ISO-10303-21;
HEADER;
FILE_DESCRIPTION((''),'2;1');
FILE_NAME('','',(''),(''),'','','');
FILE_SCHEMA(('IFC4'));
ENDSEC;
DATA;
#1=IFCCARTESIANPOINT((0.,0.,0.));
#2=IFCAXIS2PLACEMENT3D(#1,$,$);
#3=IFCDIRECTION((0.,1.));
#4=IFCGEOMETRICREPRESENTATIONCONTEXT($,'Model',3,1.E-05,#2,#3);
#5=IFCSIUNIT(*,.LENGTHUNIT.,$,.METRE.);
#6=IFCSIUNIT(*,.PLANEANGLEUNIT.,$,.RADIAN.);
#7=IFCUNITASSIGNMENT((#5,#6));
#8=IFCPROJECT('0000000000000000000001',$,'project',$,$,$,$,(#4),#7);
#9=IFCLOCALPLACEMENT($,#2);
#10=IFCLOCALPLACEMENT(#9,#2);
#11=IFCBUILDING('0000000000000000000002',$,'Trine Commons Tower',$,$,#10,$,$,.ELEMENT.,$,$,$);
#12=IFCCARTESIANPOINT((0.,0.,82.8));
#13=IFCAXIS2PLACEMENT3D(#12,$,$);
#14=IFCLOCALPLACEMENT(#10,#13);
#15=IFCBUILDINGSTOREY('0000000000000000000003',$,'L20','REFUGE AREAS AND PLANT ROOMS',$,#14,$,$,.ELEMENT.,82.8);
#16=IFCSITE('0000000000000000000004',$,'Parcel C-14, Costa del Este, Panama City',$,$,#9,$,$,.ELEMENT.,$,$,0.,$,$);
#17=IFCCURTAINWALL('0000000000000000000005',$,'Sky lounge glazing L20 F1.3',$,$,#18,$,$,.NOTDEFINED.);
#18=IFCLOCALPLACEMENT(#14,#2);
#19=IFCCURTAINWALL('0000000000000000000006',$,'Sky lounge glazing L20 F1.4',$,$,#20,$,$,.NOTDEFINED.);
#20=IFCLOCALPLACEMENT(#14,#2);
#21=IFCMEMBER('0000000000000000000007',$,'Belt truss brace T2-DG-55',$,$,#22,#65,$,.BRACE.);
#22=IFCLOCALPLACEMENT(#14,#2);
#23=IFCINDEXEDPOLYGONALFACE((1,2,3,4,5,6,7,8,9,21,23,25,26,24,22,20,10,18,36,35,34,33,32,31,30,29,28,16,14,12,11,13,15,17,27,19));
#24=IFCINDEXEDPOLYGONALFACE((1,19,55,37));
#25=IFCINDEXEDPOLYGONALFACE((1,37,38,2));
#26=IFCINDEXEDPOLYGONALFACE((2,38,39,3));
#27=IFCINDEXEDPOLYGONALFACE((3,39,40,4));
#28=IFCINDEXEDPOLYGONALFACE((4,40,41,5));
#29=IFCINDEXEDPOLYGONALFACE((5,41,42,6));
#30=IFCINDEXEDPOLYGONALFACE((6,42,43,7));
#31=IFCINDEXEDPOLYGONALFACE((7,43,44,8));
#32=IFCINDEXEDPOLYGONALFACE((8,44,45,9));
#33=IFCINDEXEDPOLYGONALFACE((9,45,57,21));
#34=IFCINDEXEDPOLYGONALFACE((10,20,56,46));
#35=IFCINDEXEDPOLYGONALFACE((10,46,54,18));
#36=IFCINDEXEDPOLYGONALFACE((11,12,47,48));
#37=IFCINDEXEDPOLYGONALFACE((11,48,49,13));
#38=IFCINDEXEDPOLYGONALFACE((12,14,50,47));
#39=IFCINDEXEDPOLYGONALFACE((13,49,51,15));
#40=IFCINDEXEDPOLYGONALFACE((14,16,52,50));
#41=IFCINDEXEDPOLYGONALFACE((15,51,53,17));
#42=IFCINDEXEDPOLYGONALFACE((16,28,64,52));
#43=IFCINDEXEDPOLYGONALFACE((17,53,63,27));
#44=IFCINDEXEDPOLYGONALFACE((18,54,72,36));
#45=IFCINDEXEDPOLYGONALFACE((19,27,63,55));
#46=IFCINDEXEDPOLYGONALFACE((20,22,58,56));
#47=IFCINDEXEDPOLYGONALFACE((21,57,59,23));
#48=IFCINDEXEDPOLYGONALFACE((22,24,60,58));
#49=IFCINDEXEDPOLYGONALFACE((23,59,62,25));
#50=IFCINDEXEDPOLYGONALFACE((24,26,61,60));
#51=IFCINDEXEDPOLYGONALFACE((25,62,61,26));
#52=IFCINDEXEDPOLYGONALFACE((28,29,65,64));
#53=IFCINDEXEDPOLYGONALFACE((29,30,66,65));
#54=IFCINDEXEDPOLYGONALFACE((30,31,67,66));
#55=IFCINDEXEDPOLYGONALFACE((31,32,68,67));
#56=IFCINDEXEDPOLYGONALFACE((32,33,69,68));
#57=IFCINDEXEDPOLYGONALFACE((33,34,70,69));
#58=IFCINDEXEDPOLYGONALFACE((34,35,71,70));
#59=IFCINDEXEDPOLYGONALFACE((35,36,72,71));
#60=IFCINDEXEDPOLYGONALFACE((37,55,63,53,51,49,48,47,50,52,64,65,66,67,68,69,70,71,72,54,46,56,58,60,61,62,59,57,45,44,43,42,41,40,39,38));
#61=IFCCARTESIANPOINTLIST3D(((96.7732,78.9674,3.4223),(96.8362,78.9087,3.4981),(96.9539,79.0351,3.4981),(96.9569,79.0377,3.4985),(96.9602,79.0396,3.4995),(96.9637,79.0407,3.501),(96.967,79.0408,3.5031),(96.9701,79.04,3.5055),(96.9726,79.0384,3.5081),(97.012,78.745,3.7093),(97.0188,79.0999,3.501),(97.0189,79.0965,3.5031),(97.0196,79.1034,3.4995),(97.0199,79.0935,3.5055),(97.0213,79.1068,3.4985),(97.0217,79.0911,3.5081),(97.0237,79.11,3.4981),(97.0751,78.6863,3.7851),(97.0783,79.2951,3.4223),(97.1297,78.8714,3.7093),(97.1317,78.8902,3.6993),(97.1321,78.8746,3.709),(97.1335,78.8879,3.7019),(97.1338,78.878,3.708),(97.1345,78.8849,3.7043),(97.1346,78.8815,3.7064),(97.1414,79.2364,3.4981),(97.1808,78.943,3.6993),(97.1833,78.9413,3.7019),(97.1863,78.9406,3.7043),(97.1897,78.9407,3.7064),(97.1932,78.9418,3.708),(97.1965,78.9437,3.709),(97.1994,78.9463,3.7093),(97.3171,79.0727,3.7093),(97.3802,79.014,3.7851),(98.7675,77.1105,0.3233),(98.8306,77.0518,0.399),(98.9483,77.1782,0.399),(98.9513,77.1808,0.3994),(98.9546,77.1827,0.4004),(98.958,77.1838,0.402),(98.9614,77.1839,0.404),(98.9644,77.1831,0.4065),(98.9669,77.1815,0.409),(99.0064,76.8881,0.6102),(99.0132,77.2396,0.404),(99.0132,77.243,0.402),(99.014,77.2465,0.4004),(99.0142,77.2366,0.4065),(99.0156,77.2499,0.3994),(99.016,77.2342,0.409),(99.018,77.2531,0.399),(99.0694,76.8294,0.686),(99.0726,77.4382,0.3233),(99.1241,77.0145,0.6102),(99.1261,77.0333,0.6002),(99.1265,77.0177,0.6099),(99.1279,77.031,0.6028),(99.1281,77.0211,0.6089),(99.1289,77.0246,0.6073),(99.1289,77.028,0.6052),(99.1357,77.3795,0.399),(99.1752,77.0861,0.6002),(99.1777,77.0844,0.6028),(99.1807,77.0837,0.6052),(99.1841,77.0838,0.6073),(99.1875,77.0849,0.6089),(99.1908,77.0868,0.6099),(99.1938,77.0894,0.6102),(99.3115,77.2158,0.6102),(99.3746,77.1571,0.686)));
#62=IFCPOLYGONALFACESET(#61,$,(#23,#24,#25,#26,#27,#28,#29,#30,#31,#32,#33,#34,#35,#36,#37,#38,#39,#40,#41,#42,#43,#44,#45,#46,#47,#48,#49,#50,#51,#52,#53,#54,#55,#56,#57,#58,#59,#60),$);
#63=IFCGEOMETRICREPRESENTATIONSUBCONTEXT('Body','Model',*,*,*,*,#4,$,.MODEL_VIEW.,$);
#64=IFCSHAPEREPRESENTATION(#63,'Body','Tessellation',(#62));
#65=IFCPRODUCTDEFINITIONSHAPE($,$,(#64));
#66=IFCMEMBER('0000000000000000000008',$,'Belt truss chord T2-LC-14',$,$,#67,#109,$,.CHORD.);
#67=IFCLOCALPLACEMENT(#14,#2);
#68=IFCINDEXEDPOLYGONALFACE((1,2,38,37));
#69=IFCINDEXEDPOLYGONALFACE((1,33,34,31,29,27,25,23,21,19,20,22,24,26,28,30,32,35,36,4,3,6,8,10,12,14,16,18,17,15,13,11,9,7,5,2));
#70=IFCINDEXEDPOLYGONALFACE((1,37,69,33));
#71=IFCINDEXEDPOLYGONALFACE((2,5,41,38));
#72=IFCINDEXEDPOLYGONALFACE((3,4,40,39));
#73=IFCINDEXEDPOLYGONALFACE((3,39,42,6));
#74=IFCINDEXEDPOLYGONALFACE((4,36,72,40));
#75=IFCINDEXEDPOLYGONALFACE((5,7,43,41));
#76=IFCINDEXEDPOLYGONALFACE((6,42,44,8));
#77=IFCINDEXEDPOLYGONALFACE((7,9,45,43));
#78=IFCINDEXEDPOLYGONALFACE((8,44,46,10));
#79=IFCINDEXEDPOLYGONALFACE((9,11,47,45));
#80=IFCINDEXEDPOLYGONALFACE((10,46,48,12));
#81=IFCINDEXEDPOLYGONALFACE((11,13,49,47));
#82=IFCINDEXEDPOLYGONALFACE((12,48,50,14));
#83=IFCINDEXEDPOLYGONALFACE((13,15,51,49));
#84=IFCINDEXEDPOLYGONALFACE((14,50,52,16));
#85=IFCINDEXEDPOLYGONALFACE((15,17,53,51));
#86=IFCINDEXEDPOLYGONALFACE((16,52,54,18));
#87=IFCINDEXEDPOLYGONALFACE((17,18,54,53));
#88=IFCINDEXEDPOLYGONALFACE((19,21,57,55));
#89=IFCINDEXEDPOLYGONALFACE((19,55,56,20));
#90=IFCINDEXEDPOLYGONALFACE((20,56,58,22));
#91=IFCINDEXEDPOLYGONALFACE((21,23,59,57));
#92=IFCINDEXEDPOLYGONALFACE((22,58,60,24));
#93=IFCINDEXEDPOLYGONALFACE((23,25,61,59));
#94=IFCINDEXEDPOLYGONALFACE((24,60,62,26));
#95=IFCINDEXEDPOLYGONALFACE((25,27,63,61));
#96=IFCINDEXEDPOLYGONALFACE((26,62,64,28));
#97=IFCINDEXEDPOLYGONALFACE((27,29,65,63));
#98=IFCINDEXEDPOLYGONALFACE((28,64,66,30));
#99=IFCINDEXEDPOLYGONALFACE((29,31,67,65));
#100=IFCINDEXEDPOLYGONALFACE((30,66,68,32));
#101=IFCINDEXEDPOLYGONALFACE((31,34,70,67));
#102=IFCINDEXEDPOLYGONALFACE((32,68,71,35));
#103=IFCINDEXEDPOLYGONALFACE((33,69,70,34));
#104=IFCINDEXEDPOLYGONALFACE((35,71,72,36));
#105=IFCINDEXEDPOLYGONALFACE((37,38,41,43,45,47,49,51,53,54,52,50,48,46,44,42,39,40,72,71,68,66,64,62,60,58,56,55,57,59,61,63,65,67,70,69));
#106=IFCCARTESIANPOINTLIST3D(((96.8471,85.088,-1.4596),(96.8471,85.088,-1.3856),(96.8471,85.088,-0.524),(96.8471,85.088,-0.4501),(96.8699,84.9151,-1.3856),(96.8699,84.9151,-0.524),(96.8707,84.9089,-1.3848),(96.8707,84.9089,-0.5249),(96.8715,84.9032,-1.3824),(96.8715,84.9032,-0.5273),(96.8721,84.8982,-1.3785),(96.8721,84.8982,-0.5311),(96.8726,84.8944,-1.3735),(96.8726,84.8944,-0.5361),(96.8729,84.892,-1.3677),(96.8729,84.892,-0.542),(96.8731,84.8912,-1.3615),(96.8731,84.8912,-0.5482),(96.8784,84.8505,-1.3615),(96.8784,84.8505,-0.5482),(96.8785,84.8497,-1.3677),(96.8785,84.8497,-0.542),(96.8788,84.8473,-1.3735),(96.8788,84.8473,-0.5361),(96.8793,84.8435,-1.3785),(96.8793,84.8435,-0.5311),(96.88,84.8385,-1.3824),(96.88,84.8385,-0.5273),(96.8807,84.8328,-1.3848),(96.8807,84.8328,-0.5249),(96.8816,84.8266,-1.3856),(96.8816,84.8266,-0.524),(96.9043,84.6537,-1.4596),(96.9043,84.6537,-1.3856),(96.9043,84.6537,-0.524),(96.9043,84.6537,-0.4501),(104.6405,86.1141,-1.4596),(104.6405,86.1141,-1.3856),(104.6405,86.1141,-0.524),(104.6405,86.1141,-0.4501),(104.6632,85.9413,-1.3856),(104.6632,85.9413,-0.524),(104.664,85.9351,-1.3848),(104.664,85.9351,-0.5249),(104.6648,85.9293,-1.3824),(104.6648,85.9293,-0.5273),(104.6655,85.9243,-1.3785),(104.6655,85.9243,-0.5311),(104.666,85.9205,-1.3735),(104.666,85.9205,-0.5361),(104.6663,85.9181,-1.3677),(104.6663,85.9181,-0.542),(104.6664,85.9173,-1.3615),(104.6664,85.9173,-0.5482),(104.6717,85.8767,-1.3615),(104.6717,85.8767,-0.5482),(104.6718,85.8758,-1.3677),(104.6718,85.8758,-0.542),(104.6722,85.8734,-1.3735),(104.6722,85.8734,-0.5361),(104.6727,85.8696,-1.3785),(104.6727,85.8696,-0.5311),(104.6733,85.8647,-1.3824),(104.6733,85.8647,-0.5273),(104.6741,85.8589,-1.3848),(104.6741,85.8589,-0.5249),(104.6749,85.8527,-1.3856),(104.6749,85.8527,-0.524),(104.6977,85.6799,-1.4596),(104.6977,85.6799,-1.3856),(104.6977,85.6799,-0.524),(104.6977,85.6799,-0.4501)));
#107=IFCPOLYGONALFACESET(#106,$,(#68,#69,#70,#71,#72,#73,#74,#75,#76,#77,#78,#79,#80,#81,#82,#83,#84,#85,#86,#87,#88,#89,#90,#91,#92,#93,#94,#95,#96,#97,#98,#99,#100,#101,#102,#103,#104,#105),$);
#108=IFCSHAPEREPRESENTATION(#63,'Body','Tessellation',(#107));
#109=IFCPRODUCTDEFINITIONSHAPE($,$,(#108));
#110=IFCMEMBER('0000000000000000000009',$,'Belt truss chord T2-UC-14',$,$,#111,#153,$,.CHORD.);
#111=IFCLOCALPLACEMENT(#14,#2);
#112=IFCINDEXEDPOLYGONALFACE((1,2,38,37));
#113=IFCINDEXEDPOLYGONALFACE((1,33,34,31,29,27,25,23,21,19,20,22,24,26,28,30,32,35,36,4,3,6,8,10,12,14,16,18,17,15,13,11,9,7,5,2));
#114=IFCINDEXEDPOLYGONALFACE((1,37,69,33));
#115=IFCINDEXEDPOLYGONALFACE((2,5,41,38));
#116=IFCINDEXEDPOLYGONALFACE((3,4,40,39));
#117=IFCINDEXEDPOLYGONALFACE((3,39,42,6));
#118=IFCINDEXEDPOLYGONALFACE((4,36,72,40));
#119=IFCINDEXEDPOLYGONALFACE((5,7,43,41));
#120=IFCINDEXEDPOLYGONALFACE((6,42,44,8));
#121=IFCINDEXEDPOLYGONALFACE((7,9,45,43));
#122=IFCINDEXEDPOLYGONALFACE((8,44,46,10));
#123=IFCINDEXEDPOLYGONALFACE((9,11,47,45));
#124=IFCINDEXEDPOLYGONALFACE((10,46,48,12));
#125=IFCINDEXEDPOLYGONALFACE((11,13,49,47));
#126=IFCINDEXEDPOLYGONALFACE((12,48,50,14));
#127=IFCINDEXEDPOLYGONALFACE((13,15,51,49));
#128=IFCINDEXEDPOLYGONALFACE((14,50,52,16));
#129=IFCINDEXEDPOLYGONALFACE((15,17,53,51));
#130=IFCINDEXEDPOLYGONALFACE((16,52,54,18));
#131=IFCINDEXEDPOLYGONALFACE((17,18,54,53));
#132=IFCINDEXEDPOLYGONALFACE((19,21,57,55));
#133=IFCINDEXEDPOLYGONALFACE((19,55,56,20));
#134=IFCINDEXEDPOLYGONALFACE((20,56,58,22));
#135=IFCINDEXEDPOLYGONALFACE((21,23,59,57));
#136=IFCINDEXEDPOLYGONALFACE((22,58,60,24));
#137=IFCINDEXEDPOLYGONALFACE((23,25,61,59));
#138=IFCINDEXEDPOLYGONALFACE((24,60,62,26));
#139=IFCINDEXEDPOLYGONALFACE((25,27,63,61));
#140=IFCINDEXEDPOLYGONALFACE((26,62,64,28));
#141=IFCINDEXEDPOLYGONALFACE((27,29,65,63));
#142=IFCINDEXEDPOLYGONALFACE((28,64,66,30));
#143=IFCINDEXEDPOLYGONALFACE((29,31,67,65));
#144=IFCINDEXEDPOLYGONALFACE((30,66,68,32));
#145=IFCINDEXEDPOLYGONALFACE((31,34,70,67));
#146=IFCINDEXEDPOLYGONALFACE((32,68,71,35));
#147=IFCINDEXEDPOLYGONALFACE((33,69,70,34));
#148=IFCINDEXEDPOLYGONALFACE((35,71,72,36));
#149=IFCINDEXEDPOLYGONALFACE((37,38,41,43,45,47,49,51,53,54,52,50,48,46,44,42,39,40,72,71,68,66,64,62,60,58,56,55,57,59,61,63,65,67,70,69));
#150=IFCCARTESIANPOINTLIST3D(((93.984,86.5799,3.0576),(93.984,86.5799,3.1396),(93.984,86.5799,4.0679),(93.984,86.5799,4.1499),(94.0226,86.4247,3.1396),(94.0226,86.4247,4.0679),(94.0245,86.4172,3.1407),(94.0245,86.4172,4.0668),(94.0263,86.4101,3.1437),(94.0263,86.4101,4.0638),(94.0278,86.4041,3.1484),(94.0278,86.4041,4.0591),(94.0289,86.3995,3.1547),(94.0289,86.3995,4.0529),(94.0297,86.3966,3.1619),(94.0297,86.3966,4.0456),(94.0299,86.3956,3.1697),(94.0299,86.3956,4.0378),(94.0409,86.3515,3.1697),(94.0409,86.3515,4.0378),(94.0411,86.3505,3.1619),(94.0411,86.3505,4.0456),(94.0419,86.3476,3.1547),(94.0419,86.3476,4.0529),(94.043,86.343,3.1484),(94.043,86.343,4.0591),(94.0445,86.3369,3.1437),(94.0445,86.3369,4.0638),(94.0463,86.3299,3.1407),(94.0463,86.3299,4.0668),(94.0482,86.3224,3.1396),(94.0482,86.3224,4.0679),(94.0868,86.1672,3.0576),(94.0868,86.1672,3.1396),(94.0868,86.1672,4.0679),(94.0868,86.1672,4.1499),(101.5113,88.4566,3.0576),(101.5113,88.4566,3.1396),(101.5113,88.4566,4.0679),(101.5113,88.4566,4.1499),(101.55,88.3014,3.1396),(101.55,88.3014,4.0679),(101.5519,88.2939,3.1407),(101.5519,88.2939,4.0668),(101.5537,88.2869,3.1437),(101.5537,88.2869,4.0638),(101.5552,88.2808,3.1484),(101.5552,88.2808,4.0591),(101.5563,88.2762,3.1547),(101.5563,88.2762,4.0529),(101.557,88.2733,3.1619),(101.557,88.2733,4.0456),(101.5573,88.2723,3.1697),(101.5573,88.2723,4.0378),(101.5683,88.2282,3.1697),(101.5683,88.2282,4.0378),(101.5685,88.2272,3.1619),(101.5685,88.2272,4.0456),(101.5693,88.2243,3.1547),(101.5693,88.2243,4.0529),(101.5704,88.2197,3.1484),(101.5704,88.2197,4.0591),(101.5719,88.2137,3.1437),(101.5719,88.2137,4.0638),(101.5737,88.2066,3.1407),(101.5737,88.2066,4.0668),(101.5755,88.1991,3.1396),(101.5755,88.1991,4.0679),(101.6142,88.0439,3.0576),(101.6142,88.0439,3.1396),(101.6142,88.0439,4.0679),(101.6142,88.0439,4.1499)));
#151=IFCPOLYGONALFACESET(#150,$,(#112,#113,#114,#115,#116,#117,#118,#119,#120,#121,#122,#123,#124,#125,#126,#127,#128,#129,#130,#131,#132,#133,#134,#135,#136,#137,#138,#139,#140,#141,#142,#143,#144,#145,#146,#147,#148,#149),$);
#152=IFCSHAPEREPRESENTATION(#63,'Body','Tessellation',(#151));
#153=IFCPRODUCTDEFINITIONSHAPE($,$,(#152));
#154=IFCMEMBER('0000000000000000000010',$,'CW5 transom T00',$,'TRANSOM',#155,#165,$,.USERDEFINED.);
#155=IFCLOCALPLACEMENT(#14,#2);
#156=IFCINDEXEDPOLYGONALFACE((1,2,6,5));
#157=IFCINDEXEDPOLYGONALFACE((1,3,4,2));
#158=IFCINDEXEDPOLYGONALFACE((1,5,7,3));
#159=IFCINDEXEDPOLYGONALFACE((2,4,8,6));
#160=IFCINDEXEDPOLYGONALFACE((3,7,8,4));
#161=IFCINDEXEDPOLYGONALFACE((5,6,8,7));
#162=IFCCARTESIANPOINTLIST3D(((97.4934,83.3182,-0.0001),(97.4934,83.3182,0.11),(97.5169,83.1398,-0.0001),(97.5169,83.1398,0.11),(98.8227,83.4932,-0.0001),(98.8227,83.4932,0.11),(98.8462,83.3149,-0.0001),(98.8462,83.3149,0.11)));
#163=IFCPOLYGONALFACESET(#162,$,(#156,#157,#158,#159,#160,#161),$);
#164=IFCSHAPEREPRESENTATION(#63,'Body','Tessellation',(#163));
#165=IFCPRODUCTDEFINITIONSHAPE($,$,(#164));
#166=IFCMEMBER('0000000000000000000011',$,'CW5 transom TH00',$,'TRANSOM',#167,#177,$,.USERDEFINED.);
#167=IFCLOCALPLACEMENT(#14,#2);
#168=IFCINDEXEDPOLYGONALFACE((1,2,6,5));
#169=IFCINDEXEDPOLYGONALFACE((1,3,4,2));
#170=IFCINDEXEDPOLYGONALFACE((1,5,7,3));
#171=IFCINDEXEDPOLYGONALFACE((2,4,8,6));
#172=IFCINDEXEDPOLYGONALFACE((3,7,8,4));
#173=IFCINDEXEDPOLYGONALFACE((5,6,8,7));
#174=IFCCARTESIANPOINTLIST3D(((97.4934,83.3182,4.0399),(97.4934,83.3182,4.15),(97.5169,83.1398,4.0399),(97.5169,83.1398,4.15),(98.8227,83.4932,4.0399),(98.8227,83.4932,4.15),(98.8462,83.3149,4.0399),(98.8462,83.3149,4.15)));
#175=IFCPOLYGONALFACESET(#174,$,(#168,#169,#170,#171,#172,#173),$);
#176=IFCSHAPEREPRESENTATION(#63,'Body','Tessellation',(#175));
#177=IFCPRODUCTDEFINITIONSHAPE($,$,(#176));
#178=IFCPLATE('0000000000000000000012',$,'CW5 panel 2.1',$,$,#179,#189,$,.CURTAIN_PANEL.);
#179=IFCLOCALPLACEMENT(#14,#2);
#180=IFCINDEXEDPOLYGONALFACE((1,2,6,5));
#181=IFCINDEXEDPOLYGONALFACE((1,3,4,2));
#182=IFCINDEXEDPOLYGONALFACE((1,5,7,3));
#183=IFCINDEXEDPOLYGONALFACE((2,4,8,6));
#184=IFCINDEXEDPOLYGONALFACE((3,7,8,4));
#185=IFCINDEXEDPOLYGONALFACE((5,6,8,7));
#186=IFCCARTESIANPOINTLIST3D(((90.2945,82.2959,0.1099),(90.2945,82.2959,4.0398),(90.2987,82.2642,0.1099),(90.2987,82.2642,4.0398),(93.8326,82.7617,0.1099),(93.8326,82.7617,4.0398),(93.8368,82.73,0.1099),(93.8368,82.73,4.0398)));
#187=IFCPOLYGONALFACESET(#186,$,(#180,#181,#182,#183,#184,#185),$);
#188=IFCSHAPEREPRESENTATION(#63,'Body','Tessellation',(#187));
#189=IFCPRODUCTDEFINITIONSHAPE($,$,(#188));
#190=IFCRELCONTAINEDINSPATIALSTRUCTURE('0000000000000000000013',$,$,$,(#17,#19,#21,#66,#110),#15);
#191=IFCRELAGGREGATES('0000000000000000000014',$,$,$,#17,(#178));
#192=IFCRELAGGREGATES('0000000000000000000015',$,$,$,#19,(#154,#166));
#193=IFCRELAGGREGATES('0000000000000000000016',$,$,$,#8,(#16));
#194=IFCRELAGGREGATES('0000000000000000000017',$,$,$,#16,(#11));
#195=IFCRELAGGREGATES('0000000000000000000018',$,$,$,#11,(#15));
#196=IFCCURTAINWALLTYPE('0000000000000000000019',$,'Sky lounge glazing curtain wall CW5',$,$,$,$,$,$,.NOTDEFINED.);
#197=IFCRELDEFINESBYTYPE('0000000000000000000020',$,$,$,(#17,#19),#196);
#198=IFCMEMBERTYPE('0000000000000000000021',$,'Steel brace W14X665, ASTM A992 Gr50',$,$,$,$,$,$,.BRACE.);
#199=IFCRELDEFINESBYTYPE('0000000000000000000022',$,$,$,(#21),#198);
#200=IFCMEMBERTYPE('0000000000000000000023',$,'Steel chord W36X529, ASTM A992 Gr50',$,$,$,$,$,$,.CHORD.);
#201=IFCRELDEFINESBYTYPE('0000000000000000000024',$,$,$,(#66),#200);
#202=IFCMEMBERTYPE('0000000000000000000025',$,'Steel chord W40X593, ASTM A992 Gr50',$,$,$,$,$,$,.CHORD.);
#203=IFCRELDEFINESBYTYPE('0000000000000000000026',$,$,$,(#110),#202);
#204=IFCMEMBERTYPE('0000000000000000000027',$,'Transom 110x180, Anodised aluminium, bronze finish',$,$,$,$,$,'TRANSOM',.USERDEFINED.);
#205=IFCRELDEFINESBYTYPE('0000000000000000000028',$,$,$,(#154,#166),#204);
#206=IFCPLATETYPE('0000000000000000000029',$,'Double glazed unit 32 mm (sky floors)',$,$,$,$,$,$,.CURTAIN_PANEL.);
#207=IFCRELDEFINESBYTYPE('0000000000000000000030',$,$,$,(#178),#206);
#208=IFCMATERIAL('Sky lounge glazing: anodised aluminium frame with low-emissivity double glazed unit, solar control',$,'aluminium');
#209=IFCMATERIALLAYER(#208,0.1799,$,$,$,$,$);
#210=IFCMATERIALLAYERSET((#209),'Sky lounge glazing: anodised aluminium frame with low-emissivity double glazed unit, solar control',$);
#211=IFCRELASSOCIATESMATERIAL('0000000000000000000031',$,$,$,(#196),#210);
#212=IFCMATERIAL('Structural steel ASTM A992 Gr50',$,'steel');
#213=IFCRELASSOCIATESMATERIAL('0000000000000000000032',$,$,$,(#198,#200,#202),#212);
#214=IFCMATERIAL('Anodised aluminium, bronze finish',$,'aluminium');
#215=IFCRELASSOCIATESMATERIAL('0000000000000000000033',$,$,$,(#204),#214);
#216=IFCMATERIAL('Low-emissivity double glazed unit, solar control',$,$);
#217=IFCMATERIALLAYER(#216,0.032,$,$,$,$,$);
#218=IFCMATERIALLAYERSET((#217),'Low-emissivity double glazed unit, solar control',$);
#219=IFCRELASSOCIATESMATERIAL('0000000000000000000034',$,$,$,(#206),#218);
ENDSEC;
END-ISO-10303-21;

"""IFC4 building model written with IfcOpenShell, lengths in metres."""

from ifc_helpers import new_model, si_unit, direction, frame, origin, origin_2d, place, context, subcontext, project, spatial, rectangle, i_section, extrude, material, layer, layer_set, material_profile, profile_set, type_object, element, aggregate, save


model = new_model("IFC4")

# Units and contexts
model_context = context("Model", 3, precision=1e-05, world=origin(), true_north=direction((0.0, 1.0)))
body_context = subcontext(model_context, "Body", "Model", "MODEL_VIEW")
ifc_project = project(units=[si_unit("LENGTHUNIT", "METRE"), si_unit("PLANEANGLEUNIT", "RADIAN")], contexts=[model_context])

# Site, building, storey
site_placement = place(None, origin())
site = spatial("IfcSite", under=ifc_project, at=site_placement, Name="Parcel C-14, Costa del Este, Panama City", CompositionType="ELEMENT", RefElevation=0.0)
building_placement = place(site_placement, origin())
building = spatial("IfcBuilding", under=site, at=building_placement, Name="Trine Commons Tower", CompositionType="ELEMENT")
storey_placement = place(building_placement, frame((0.0, 0.0, 82.8)))
storey = spatial("IfcBuildingStorey", under=building, at=storey_placement, Name="L20", Description="REFUGE AREAS AND PLANT ROOMS", CompositionType="ELEMENT", Elevation=82.8)

# Curtain walls
ifc_material_1 = material(Name="Sky lounge glazing: anodised aluminium frame with low-emissivity double glazed unit, solar control", Category="aluminium")
ifc_layer_1 = layer(ifc_material_1, 0.1799)
ifc_layer_set_1 = layer_set([ifc_layer_1], Name="Sky lounge glazing: anodised aluminium frame with low-emissivity double glazed unit, solar control")
curtain_wall_type = type_object("IfcCurtainWallType", Name="Sky lounge glazing curtain wall CW5", PredefinedType="NOTDEFINED", material=ifc_layer_set_1)
curtain_wall_1_placement = place(storey_placement, origin())
curtain_wall_1 = element("IfcCurtainWall", 1, at=curtain_wall_1_placement, inside=storey, type_object=curtain_wall_type, Name="Sky lounge glazing L20 F1.3", PredefinedType="NOTDEFINED")
ifc_material_2 = material(Name="Anodised aluminium, bronze finish", Category="aluminium")
curtain_wall_2_placement = place(storey_placement, origin())
curtain_wall_2 = element("IfcCurtainWall", 2, at=curtain_wall_2_placement, inside=storey, type_object=curtain_wall_type, Name="Sky lounge glazing L20 F1.4", PredefinedType="NOTDEFINED")

# Members
ifc_material_3 = material(Name="Structural steel ASTM A992 Gr50", Category="steel")
ifc_material_profile_1 = material_profile(ifc_material_3, i_section(OverallWidth=0.4478, OverallDepth=0.5493, WebThickness=0.072, FlangeThickness=0.1147, FilletRadius=0.0151, at=origin_2d()), Name="W14X665")
ifc_profile_set_1 = profile_set([ifc_material_profile_1], Name="Structural steel ASTM A992 Gr50")
member_type_1 = type_object("IfcMemberType", Name="Steel brace W14X665, ASTM A992 Gr50", PredefinedType="BRACE", material=ifc_profile_set_1)
member_1_placement = place(storey_placement, frame((99.071, 77.1338, 0.5046), z_axis=(-0.483279, 0.449971, 0.750978), x_axis=(-0.681437, -0.731877, 0.0)))
element("IfcMember", 3, at=member_1_placement, inside=storey, type_object=member_type_1, Name="Belt truss brace T2-DG-55", PredefinedType="BRACE", context=body_context, shape_type="SweptSolid", body=[
    extrude(i_section(OverallWidth=0.4478, OverallDepth=0.5493, WebThickness=0.072, FlangeThickness=0.1147, FilletRadius=0.0151, at=origin_2d()), origin(), (0.0, 0.0, 1.0), 4.1267),
])
ifc_material_profile_2 = material_profile(ifc_material_3, i_section(OverallWidth=0.438, OverallDepth=1.0095, WebThickness=0.041, FlangeThickness=0.074, FilletRadius=0.0242, at=origin_2d()), Name="W36X529")
ifc_profile_set_2 = profile_set([ifc_material_profile_2], Name="Structural steel ASTM A992 Gr50")
member_type_2 = type_object("IfcMemberType", Name="Steel chord W36X529, ASTM A992 Gr50", PredefinedType="CHORD", material=ifc_profile_set_2)
member_2_placement = place(storey_placement, frame((96.8757, 84.8708, -0.9548), z_axis=(0.991443, 0.130542, 0.0), x_axis=(-0.130542, 0.991443, 0.0)))
element("IfcMember", 4, at=member_2_placement, inside=storey, type_object=member_type_2, Name="Belt truss chord T2-LC-14", PredefinedType="CHORD", context=body_context, shape_type="SweptSolid", body=[
    extrude(i_section(OverallWidth=0.438, OverallDepth=1.0095, WebThickness=0.041, FlangeThickness=0.074, FilletRadius=0.0242, at=origin_2d()), origin(), (0.0, 0.0, 1.0), 7.8606),
])
ifc_material_profile_3 = material_profile(ifc_material_3, i_section(OverallWidth=0.4253, OverallDepth=1.0923, WebThickness=0.0454, FlangeThickness=0.082, FilletRadius=0.03, at=origin_2d()), Name="W40X593")
ifc_profile_set_3 = profile_set([ifc_material_profile_3], Name="Structural steel ASTM A992 Gr50")
member_type_3 = type_object("IfcMemberType", Name="Steel chord W40X593, ASTM A992 Gr50", PredefinedType="CHORD", material=ifc_profile_set_3)
member_3_placement = place(storey_placement, frame((94.0354, 86.3735, 3.6038), z_axis=(0.970298, 0.241914, 0.0), x_axis=(-0.241914, 0.970298, 0.0)))
element("IfcMember", 5, at=member_3_placement, inside=storey, type_object=member_type_3, Name="Belt truss chord T2-UC-14", PredefinedType="CHORD", context=body_context, shape_type="SweptSolid", body=[
    extrude(i_section(OverallWidth=0.4253, OverallDepth=1.0923, WebThickness=0.0454, FlangeThickness=0.082, FilletRadius=0.03, at=origin_2d()), origin(), (0.0, 0.0, 1.0), 7.7578),
])

# Members
ifc_material_profile_4 = material_profile(ifc_material_2, rectangle(XDim=0.1799, YDim=0.1101, at=origin_2d()), Name="Transom 110x180")
ifc_profile_set_4 = profile_set([ifc_material_profile_4], Name="Anodised aluminium, bronze finish")
member_type_4 = type_object("IfcMemberType", Name="Transom 110x180, Anodised aluminium, bronze finish", ElementType="TRANSOM", PredefinedType="USERDEFINED", material=ifc_profile_set_4)
member_4_placement = place(storey_placement, frame((97.5051, 83.229, 0.0549), z_axis=(0.991441, 0.130553, 0.0), x_axis=(-0.130553, 0.991441, 0.0)))
member_4 = element("IfcMember", 6, at=member_4_placement, type_object=member_type_4, Name="CW5 transom T00", ObjectType="TRANSOM", PredefinedType="USERDEFINED", context=body_context, shape_type="SweptSolid", body=[
    extrude(rectangle(XDim=0.1799, YDim=0.1101, at=origin_2d()), origin(), (0.0, 0.0, 1.0), 1.3408),
])
member_5_placement = place(storey_placement, frame((97.5051, 83.229, 4.095), z_axis=(0.991441, 0.130553, 0.0), x_axis=(-0.130553, 0.991441, 0.0)))
member_5 = element("IfcMember", 7, at=member_5_placement, type_object=member_type_4, Name="CW5 transom TH00", ObjectType="TRANSOM", PredefinedType="USERDEFINED", context=body_context, shape_type="SweptSolid", body=[
    extrude(rectangle(XDim=0.1799, YDim=0.1101, at=origin_2d()), origin(), (0.0, 0.0, 1.0), 1.3408),
])

# Plate
ifc_material_4 = material(Name="Low-emissivity double glazed unit, solar control")
ifc_layer_2 = layer(ifc_material_4, 0.032)
ifc_layer_set_2 = layer_set([ifc_layer_2], Name="Low-emissivity double glazed unit, solar control")
plate_type = type_object("IfcPlateType", Name="Double glazed unit 32 mm (sky floors)", PredefinedType="CURTAIN_PANEL", material=ifc_layer_set_2)
plate_1_placement = place(storey_placement, frame((92.0657, 82.5129, 0.1099), z_axis=(0.0, 0.0, 1.0), x_axis=(0.991445, 0.130526, 0.0)))
plate_1 = element("IfcPlate", 8, at=plate_1_placement, type_object=plate_type, Name="CW5 panel 2.1", PredefinedType="CURTAIN_PANEL", context=body_context, shape_type="SweptSolid", body=[
    extrude(rectangle(XDim=3.5686, YDim=0.032, at=origin_2d()), origin(), (0.0, 0.0, 1.0), 3.9299),
])
aggregate(curtain_wall_1, [plate_1])
aggregate(curtain_wall_2, [member_4, member_5])

save(model, "model.ifc")
